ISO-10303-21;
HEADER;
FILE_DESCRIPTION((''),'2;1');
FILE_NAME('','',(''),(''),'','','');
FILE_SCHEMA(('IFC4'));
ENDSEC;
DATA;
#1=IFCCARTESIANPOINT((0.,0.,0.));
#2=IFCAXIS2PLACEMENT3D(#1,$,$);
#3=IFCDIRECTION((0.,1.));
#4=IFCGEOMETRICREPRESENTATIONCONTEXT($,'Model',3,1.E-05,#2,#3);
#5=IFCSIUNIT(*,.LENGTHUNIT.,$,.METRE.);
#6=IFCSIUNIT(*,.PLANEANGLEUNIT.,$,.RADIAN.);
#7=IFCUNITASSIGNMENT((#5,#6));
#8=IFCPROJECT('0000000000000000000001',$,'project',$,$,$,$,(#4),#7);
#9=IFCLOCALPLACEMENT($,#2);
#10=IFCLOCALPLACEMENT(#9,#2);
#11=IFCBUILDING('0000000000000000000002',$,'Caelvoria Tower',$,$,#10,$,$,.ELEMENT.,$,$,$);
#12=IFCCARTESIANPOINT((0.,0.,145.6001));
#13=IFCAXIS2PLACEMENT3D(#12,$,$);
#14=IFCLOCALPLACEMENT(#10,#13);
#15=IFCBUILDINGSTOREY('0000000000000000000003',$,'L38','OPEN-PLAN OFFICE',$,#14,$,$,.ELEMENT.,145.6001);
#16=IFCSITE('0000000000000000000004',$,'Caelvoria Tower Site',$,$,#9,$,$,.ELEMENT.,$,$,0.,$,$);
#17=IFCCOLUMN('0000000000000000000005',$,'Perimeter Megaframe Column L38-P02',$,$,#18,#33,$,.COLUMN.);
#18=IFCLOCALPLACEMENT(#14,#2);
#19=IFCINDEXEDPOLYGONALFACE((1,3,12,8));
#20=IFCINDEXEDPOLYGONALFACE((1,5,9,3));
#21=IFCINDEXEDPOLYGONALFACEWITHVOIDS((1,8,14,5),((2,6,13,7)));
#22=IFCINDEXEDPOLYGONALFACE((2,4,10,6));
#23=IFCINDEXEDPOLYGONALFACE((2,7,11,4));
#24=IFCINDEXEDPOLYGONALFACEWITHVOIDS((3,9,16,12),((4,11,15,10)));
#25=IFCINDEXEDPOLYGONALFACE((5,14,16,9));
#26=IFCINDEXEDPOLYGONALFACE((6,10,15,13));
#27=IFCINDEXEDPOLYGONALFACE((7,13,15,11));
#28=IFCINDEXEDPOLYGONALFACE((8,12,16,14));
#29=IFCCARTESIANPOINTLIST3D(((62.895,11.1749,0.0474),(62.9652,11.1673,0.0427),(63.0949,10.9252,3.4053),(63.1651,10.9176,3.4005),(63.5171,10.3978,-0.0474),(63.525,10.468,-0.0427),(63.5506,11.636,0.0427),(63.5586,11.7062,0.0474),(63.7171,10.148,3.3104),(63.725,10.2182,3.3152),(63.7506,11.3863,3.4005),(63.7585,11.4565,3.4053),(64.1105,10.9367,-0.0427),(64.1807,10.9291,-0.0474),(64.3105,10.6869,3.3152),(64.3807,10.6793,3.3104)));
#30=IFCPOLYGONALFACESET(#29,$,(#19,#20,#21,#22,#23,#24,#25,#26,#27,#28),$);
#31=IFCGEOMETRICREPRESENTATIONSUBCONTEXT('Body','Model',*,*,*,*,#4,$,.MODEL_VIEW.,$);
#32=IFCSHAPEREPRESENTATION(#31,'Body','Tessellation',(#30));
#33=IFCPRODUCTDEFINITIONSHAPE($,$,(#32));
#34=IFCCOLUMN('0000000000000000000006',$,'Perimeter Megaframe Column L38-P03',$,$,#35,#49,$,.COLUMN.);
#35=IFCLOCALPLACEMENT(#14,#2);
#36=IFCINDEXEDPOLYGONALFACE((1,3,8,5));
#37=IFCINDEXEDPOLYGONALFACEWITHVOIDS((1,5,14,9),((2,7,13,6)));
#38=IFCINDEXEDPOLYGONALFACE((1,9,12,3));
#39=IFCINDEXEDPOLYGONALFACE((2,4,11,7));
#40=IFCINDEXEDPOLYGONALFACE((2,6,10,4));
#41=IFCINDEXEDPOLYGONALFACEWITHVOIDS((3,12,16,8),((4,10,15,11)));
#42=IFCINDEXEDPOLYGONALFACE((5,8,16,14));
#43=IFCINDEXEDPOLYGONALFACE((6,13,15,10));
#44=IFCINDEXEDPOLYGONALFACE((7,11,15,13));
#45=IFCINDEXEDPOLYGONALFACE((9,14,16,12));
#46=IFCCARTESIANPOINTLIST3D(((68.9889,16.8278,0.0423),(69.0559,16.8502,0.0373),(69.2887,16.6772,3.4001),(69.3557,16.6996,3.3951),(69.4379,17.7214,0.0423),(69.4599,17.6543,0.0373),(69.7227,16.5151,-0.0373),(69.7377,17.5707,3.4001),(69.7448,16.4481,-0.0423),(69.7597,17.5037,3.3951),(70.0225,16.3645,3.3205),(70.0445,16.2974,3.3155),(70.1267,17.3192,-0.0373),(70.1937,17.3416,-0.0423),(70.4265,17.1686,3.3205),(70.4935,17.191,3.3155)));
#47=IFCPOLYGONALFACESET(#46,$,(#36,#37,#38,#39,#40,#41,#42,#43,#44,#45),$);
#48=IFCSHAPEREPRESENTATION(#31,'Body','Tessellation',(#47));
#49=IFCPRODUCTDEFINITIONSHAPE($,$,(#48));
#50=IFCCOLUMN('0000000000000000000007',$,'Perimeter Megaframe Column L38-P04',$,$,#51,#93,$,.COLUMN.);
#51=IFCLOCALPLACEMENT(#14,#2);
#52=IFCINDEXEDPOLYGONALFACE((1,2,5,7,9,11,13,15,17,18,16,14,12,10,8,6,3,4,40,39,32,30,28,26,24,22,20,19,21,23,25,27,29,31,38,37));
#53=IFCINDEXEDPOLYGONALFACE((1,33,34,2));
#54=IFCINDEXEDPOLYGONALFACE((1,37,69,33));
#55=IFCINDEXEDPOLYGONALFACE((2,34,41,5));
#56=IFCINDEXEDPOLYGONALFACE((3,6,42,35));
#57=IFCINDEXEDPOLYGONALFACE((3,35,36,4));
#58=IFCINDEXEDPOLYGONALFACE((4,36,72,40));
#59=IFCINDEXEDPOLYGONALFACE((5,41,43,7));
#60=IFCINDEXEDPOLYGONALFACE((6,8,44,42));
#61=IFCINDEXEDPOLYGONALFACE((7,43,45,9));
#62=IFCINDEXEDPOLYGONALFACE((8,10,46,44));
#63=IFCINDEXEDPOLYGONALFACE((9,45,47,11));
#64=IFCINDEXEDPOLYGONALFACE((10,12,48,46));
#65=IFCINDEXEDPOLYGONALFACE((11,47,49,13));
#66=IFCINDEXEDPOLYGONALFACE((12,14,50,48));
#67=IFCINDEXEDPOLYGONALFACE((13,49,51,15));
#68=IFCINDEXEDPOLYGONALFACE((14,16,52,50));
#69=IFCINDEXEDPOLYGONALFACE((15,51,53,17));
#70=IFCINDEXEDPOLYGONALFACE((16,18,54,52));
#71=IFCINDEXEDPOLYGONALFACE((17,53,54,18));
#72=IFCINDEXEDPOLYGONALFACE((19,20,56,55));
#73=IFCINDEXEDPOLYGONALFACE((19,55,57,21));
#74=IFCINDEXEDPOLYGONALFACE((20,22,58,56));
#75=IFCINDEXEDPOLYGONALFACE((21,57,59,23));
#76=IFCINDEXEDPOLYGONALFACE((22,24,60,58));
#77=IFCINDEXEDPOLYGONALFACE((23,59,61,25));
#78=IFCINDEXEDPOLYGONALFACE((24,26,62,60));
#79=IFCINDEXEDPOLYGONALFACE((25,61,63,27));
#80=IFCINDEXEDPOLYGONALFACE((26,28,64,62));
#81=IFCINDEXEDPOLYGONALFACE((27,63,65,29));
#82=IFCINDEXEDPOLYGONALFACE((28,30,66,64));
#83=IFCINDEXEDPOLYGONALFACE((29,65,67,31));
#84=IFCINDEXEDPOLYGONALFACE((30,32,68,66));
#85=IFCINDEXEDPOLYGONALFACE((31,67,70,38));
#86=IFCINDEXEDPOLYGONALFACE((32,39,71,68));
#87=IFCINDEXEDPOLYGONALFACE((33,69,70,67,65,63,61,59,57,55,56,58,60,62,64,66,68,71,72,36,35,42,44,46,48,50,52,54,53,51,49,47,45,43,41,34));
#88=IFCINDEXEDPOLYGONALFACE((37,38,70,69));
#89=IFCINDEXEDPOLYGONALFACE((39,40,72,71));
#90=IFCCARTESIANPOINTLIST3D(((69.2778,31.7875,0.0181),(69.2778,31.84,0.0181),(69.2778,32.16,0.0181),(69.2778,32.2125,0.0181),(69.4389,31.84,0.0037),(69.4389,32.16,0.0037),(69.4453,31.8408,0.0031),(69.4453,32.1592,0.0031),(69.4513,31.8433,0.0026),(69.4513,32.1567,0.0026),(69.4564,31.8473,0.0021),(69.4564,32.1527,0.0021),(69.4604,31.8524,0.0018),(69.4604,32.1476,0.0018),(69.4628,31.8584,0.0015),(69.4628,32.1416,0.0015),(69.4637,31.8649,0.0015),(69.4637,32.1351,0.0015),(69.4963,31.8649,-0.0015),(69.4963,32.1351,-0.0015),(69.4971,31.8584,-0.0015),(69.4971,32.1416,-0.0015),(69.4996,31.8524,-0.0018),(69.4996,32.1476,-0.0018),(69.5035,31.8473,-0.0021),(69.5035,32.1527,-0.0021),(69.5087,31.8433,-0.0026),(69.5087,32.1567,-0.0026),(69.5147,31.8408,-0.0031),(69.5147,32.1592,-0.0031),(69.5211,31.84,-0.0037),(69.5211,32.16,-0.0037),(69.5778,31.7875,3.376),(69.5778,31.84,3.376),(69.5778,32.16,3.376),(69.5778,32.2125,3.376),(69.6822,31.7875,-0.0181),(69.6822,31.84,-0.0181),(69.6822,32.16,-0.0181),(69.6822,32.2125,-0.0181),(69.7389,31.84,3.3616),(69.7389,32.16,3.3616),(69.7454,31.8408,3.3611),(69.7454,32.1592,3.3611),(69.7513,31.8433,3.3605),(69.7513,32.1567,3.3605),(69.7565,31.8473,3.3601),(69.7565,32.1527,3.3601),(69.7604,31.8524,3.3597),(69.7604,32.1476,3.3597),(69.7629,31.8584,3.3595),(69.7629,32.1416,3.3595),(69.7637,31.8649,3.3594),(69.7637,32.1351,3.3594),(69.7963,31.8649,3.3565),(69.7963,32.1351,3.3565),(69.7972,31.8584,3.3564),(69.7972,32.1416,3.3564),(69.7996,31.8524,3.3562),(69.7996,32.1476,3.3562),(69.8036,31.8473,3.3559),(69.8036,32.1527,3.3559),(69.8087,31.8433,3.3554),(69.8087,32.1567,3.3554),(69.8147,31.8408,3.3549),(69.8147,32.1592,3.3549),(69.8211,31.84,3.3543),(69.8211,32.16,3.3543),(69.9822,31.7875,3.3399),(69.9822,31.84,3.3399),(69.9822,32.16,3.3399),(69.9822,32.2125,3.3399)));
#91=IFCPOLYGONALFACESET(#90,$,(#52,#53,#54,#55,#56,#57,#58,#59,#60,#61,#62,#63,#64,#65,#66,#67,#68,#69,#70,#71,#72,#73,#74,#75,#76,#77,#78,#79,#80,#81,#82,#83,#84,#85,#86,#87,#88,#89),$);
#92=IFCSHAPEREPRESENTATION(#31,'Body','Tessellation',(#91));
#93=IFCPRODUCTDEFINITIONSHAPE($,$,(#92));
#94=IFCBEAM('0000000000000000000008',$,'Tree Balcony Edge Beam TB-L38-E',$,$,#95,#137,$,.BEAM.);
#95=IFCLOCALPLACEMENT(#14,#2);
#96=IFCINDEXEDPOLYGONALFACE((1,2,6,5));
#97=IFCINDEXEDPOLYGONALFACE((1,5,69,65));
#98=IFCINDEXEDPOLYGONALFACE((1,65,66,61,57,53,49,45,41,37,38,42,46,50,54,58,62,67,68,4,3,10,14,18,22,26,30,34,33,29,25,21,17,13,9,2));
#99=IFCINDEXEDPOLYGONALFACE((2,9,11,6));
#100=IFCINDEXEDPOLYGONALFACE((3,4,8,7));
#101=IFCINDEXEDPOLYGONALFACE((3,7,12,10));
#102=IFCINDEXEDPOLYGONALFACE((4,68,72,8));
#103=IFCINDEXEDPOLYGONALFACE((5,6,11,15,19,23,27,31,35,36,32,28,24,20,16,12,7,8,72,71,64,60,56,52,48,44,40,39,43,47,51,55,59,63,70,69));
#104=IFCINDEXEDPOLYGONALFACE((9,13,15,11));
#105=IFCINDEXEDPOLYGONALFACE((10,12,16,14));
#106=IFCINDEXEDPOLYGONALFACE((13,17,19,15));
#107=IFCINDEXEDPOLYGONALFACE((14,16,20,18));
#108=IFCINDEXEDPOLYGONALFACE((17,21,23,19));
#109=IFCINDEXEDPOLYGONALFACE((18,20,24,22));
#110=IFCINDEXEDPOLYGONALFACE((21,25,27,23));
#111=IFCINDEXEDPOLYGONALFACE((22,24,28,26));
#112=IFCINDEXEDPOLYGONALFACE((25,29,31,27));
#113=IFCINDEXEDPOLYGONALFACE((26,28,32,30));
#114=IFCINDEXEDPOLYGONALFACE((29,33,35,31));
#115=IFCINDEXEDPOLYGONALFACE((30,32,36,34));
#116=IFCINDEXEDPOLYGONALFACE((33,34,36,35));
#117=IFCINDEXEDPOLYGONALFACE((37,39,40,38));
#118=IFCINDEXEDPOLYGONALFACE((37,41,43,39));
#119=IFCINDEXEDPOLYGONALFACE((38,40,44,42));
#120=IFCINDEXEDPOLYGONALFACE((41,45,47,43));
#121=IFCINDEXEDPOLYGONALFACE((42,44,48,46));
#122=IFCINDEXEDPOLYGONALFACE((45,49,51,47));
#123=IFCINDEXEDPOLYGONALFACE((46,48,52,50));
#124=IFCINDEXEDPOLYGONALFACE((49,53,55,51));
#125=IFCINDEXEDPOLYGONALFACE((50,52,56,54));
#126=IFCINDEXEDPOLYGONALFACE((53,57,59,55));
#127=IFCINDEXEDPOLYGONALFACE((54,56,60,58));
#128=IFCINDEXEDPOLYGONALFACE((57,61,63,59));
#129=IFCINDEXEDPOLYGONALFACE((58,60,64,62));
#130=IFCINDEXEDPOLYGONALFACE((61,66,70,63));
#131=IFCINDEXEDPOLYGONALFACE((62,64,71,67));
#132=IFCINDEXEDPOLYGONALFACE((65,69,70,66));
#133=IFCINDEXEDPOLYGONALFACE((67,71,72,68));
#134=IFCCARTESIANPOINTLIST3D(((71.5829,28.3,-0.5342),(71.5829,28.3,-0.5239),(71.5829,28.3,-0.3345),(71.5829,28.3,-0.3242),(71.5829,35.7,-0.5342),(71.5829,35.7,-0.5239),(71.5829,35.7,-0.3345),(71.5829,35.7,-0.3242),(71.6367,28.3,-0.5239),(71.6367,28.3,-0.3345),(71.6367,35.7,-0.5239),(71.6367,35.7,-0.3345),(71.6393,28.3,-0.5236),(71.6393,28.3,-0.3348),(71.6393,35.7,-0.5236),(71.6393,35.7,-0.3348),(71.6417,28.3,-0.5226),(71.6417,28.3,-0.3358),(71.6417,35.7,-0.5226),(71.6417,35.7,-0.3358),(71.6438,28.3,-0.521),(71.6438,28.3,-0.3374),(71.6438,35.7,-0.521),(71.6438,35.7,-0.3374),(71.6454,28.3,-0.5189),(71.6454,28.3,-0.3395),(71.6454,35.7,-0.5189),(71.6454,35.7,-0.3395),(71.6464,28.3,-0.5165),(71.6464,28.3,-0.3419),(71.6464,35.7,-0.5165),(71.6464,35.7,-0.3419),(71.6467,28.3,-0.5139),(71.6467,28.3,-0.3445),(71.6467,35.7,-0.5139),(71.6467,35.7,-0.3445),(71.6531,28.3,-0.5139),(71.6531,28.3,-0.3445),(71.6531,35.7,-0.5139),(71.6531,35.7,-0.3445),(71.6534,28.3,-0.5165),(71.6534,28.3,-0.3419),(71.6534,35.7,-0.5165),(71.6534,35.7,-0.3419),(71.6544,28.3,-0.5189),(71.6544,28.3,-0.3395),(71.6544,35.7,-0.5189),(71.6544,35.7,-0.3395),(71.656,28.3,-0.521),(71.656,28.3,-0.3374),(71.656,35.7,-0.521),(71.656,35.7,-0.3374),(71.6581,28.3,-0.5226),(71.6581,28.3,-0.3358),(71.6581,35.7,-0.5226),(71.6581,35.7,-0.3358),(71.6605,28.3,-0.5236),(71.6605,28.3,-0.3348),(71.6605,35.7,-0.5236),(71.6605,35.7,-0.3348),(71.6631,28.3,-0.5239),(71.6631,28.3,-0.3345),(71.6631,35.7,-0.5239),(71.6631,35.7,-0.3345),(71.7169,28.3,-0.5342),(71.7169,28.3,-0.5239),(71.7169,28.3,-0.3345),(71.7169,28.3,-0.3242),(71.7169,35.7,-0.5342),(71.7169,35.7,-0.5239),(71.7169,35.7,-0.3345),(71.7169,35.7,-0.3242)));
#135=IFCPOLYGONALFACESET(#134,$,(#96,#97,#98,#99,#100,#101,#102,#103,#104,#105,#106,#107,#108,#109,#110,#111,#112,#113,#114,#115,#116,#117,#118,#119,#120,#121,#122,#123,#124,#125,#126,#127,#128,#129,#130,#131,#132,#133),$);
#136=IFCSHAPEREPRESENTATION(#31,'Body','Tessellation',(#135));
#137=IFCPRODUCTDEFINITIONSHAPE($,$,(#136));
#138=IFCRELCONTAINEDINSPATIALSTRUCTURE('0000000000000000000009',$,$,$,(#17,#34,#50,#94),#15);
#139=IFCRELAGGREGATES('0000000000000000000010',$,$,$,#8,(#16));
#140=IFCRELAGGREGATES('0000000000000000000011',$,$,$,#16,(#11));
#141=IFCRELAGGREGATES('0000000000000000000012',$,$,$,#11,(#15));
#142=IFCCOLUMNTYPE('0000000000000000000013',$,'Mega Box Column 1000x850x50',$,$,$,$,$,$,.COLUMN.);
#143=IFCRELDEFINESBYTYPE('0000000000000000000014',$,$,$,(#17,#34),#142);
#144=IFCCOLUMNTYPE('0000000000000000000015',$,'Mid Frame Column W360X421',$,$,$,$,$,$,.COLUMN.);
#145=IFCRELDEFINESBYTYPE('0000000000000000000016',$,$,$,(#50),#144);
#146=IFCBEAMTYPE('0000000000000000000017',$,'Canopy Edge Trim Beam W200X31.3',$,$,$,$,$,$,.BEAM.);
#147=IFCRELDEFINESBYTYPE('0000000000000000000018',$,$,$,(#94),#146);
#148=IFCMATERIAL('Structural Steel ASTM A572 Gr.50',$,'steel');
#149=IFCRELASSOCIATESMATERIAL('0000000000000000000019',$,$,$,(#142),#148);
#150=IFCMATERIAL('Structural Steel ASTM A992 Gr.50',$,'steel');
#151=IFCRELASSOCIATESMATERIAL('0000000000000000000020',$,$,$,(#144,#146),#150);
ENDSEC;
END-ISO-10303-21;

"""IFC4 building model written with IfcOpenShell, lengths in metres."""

from ifc_helpers import new_model, si_unit, direction, frame, origin, origin_2d, place, context, subcontext, project, spatial, hollow_rectangle, i_section, extrude, material, material_profile, profile_set, type_object, element, save


model = new_model("IFC4")

# Units and contexts
model_context = context("Model", 3, precision=1e-05, world=origin(), true_north=direction((0.0, 1.0)))
body_context = subcontext(model_context, "Body", "Model", "MODEL_VIEW")
ifc_project = project(units=[si_unit("LENGTHUNIT", "METRE"), si_unit("PLANEANGLEUNIT", "RADIAN")], contexts=[model_context])

# Site, building, storey
site_placement = place(None, origin())
site = spatial("IfcSite", under=ifc_project, at=site_placement, Name="Caelvoria Tower Site", CompositionType="ELEMENT", RefElevation=0.0)
building_placement = place(site_placement, origin())
building = spatial("IfcBuilding", under=site, at=building_placement, Name="Caelvoria Tower", CompositionType="ELEMENT")
storey_placement = place(building_placement, frame((0.0, 0.0, 145.6001)))
storey = spatial("IfcBuildingStorey", under=building, at=storey_placement, Name="L38", Description="OPEN-PLAN OFFICE", CompositionType="ELEMENT", Elevation=145.6001)

# Columns
ifc_material_1 = material(Name="Structural Steel ASTM A572 Gr.50", Category="steel")
ifc_material_profile_1 = material_profile(ifc_material_1, hollow_rectangle(XDim=0.8501, YDim=1.0, WallThickness=0.05, at=origin_2d()), Name="Structural Steel ASTM A572 Gr.50")
ifc_profile_set_1 = profile_set([ifc_material_profile_1], Name="BOX1000X850X50 - Structural Steel ASTM A572 Gr.50")
column_type_1 = type_object("IfcColumnType", Name="Mega Box Column 1000x850x50", PredefinedType="COLUMN", material=ifc_profile_set_1)
column_1_placement = place(storey_placement, frame((63.5378, 11.052, 0.0), z_axis=(0.059278, -0.074043, 0.995492), x_axis=(0.780645, 0.624974, 0.0)))
element("IfcColumn", 1, at=column_1_placement, inside=storey, type_object=column_type_1, Name="Perimeter Megaframe Column L38-P02", PredefinedType="COLUMN", context=body_context, shape_type="SweptSolid", body=[
    extrude(hollow_rectangle(XDim=0.8501, YDim=1.0, WallThickness=0.05, at=origin_2d()), origin(), (0.0, 0.0, 1.0), 3.373),
])
column_2_placement = place(storey_placement, frame((69.5913, 17.0847, 0.0), z_axis=(0.088841, -0.044637, 0.995045), x_axis=(-0.889125, 0.446735, 0.099424)))
element("IfcColumn", 2, at=column_2_placement, inside=storey, type_object=column_type_1, Name="Perimeter Megaframe Column L38-P03", PredefinedType="COLUMN", context=body_context, shape_type="SweptSolid", body=[
    extrude(hollow_rectangle(XDim=0.8501, YDim=1.0, WallThickness=0.05, at=origin_2d()), origin(), (0.0, 0.0, 1.0), 3.3745),
])
ifc_material_2 = material(Name="Structural Steel ASTM A992 Gr.50", Category="steel")
ifc_material_profile_2 = material_profile(ifc_material_2, i_section(OverallWidth=0.406, OverallDepth=0.425, WebThickness=0.0327, FlangeThickness=0.0525, FilletRadius=0.0249, at=origin_2d()), Name="Structural Steel ASTM A992 Gr.50")
ifc_profile_set_2 = profile_set([ifc_material_profile_2], Name="W360X421 - Structural Steel ASTM A992 Gr.50")
column_type_2 = type_object("IfcColumnType", Name="Mid Frame Column W360X421", PredefinedType="COLUMN", material=ifc_profile_set_2)
column_3_placement = place(storey_placement, frame((69.48, 32.0, 0.0), z_axis=(0.089001, 0.0, 0.996032), x_axis=(-0.996032, 0.0, 0.089001)))
element("IfcColumn", 3, at=column_3_placement, inside=storey, type_object=column_type_2, Name="Perimeter Megaframe Column L38-P04", PredefinedType="COLUMN", context=body_context, shape_type="SweptSolid", body=[
    extrude(i_section(OverallWidth=0.406, OverallDepth=0.425, WebThickness=0.0327, FlangeThickness=0.0525, FilletRadius=0.0249, at=origin_2d()), origin(), (0.0, 0.0, 1.0), 3.3713),
])

# Beam
ifc_material_profile_3 = material_profile(ifc_material_2, i_section(OverallWidth=0.134, OverallDepth=0.21, WebThickness=0.0063, FlangeThickness=0.0103, FilletRadius=0.01, at=origin_2d()), Name="Structural Steel ASTM A992 Gr.50")
ifc_profile_set_3 = profile_set([ifc_material_profile_3], Name="W200X31.3 - Structural Steel ASTM A992 Gr.50")
beam_type_1 = type_object("IfcBeamType", Name="Canopy Edge Trim Beam W200X31.3", PredefinedType="BEAM", material=ifc_profile_set_3)
beam_1_placement = place(storey_placement, frame((71.6499, 28.3, -0.4292), z_axis=(0.0, 1.0, 0.0), x_axis=(-1.0, 0.0, 0.0)))
element("IfcBeam", 4, at=beam_1_placement, inside=storey, type_object=beam_type_1, Name="Tree Balcony Edge Beam TB-L38-E", PredefinedType="BEAM", context=body_context, shape_type="SweptSolid", body=[
    extrude(i_section(OverallWidth=0.134, OverallDepth=0.21, WebThickness=0.0063, FlangeThickness=0.0103, FilletRadius=0.01, at=origin_2d()), origin(), (0.0, 0.0, 1.0), 7.3999),
])

save(model, "model.ifc")
